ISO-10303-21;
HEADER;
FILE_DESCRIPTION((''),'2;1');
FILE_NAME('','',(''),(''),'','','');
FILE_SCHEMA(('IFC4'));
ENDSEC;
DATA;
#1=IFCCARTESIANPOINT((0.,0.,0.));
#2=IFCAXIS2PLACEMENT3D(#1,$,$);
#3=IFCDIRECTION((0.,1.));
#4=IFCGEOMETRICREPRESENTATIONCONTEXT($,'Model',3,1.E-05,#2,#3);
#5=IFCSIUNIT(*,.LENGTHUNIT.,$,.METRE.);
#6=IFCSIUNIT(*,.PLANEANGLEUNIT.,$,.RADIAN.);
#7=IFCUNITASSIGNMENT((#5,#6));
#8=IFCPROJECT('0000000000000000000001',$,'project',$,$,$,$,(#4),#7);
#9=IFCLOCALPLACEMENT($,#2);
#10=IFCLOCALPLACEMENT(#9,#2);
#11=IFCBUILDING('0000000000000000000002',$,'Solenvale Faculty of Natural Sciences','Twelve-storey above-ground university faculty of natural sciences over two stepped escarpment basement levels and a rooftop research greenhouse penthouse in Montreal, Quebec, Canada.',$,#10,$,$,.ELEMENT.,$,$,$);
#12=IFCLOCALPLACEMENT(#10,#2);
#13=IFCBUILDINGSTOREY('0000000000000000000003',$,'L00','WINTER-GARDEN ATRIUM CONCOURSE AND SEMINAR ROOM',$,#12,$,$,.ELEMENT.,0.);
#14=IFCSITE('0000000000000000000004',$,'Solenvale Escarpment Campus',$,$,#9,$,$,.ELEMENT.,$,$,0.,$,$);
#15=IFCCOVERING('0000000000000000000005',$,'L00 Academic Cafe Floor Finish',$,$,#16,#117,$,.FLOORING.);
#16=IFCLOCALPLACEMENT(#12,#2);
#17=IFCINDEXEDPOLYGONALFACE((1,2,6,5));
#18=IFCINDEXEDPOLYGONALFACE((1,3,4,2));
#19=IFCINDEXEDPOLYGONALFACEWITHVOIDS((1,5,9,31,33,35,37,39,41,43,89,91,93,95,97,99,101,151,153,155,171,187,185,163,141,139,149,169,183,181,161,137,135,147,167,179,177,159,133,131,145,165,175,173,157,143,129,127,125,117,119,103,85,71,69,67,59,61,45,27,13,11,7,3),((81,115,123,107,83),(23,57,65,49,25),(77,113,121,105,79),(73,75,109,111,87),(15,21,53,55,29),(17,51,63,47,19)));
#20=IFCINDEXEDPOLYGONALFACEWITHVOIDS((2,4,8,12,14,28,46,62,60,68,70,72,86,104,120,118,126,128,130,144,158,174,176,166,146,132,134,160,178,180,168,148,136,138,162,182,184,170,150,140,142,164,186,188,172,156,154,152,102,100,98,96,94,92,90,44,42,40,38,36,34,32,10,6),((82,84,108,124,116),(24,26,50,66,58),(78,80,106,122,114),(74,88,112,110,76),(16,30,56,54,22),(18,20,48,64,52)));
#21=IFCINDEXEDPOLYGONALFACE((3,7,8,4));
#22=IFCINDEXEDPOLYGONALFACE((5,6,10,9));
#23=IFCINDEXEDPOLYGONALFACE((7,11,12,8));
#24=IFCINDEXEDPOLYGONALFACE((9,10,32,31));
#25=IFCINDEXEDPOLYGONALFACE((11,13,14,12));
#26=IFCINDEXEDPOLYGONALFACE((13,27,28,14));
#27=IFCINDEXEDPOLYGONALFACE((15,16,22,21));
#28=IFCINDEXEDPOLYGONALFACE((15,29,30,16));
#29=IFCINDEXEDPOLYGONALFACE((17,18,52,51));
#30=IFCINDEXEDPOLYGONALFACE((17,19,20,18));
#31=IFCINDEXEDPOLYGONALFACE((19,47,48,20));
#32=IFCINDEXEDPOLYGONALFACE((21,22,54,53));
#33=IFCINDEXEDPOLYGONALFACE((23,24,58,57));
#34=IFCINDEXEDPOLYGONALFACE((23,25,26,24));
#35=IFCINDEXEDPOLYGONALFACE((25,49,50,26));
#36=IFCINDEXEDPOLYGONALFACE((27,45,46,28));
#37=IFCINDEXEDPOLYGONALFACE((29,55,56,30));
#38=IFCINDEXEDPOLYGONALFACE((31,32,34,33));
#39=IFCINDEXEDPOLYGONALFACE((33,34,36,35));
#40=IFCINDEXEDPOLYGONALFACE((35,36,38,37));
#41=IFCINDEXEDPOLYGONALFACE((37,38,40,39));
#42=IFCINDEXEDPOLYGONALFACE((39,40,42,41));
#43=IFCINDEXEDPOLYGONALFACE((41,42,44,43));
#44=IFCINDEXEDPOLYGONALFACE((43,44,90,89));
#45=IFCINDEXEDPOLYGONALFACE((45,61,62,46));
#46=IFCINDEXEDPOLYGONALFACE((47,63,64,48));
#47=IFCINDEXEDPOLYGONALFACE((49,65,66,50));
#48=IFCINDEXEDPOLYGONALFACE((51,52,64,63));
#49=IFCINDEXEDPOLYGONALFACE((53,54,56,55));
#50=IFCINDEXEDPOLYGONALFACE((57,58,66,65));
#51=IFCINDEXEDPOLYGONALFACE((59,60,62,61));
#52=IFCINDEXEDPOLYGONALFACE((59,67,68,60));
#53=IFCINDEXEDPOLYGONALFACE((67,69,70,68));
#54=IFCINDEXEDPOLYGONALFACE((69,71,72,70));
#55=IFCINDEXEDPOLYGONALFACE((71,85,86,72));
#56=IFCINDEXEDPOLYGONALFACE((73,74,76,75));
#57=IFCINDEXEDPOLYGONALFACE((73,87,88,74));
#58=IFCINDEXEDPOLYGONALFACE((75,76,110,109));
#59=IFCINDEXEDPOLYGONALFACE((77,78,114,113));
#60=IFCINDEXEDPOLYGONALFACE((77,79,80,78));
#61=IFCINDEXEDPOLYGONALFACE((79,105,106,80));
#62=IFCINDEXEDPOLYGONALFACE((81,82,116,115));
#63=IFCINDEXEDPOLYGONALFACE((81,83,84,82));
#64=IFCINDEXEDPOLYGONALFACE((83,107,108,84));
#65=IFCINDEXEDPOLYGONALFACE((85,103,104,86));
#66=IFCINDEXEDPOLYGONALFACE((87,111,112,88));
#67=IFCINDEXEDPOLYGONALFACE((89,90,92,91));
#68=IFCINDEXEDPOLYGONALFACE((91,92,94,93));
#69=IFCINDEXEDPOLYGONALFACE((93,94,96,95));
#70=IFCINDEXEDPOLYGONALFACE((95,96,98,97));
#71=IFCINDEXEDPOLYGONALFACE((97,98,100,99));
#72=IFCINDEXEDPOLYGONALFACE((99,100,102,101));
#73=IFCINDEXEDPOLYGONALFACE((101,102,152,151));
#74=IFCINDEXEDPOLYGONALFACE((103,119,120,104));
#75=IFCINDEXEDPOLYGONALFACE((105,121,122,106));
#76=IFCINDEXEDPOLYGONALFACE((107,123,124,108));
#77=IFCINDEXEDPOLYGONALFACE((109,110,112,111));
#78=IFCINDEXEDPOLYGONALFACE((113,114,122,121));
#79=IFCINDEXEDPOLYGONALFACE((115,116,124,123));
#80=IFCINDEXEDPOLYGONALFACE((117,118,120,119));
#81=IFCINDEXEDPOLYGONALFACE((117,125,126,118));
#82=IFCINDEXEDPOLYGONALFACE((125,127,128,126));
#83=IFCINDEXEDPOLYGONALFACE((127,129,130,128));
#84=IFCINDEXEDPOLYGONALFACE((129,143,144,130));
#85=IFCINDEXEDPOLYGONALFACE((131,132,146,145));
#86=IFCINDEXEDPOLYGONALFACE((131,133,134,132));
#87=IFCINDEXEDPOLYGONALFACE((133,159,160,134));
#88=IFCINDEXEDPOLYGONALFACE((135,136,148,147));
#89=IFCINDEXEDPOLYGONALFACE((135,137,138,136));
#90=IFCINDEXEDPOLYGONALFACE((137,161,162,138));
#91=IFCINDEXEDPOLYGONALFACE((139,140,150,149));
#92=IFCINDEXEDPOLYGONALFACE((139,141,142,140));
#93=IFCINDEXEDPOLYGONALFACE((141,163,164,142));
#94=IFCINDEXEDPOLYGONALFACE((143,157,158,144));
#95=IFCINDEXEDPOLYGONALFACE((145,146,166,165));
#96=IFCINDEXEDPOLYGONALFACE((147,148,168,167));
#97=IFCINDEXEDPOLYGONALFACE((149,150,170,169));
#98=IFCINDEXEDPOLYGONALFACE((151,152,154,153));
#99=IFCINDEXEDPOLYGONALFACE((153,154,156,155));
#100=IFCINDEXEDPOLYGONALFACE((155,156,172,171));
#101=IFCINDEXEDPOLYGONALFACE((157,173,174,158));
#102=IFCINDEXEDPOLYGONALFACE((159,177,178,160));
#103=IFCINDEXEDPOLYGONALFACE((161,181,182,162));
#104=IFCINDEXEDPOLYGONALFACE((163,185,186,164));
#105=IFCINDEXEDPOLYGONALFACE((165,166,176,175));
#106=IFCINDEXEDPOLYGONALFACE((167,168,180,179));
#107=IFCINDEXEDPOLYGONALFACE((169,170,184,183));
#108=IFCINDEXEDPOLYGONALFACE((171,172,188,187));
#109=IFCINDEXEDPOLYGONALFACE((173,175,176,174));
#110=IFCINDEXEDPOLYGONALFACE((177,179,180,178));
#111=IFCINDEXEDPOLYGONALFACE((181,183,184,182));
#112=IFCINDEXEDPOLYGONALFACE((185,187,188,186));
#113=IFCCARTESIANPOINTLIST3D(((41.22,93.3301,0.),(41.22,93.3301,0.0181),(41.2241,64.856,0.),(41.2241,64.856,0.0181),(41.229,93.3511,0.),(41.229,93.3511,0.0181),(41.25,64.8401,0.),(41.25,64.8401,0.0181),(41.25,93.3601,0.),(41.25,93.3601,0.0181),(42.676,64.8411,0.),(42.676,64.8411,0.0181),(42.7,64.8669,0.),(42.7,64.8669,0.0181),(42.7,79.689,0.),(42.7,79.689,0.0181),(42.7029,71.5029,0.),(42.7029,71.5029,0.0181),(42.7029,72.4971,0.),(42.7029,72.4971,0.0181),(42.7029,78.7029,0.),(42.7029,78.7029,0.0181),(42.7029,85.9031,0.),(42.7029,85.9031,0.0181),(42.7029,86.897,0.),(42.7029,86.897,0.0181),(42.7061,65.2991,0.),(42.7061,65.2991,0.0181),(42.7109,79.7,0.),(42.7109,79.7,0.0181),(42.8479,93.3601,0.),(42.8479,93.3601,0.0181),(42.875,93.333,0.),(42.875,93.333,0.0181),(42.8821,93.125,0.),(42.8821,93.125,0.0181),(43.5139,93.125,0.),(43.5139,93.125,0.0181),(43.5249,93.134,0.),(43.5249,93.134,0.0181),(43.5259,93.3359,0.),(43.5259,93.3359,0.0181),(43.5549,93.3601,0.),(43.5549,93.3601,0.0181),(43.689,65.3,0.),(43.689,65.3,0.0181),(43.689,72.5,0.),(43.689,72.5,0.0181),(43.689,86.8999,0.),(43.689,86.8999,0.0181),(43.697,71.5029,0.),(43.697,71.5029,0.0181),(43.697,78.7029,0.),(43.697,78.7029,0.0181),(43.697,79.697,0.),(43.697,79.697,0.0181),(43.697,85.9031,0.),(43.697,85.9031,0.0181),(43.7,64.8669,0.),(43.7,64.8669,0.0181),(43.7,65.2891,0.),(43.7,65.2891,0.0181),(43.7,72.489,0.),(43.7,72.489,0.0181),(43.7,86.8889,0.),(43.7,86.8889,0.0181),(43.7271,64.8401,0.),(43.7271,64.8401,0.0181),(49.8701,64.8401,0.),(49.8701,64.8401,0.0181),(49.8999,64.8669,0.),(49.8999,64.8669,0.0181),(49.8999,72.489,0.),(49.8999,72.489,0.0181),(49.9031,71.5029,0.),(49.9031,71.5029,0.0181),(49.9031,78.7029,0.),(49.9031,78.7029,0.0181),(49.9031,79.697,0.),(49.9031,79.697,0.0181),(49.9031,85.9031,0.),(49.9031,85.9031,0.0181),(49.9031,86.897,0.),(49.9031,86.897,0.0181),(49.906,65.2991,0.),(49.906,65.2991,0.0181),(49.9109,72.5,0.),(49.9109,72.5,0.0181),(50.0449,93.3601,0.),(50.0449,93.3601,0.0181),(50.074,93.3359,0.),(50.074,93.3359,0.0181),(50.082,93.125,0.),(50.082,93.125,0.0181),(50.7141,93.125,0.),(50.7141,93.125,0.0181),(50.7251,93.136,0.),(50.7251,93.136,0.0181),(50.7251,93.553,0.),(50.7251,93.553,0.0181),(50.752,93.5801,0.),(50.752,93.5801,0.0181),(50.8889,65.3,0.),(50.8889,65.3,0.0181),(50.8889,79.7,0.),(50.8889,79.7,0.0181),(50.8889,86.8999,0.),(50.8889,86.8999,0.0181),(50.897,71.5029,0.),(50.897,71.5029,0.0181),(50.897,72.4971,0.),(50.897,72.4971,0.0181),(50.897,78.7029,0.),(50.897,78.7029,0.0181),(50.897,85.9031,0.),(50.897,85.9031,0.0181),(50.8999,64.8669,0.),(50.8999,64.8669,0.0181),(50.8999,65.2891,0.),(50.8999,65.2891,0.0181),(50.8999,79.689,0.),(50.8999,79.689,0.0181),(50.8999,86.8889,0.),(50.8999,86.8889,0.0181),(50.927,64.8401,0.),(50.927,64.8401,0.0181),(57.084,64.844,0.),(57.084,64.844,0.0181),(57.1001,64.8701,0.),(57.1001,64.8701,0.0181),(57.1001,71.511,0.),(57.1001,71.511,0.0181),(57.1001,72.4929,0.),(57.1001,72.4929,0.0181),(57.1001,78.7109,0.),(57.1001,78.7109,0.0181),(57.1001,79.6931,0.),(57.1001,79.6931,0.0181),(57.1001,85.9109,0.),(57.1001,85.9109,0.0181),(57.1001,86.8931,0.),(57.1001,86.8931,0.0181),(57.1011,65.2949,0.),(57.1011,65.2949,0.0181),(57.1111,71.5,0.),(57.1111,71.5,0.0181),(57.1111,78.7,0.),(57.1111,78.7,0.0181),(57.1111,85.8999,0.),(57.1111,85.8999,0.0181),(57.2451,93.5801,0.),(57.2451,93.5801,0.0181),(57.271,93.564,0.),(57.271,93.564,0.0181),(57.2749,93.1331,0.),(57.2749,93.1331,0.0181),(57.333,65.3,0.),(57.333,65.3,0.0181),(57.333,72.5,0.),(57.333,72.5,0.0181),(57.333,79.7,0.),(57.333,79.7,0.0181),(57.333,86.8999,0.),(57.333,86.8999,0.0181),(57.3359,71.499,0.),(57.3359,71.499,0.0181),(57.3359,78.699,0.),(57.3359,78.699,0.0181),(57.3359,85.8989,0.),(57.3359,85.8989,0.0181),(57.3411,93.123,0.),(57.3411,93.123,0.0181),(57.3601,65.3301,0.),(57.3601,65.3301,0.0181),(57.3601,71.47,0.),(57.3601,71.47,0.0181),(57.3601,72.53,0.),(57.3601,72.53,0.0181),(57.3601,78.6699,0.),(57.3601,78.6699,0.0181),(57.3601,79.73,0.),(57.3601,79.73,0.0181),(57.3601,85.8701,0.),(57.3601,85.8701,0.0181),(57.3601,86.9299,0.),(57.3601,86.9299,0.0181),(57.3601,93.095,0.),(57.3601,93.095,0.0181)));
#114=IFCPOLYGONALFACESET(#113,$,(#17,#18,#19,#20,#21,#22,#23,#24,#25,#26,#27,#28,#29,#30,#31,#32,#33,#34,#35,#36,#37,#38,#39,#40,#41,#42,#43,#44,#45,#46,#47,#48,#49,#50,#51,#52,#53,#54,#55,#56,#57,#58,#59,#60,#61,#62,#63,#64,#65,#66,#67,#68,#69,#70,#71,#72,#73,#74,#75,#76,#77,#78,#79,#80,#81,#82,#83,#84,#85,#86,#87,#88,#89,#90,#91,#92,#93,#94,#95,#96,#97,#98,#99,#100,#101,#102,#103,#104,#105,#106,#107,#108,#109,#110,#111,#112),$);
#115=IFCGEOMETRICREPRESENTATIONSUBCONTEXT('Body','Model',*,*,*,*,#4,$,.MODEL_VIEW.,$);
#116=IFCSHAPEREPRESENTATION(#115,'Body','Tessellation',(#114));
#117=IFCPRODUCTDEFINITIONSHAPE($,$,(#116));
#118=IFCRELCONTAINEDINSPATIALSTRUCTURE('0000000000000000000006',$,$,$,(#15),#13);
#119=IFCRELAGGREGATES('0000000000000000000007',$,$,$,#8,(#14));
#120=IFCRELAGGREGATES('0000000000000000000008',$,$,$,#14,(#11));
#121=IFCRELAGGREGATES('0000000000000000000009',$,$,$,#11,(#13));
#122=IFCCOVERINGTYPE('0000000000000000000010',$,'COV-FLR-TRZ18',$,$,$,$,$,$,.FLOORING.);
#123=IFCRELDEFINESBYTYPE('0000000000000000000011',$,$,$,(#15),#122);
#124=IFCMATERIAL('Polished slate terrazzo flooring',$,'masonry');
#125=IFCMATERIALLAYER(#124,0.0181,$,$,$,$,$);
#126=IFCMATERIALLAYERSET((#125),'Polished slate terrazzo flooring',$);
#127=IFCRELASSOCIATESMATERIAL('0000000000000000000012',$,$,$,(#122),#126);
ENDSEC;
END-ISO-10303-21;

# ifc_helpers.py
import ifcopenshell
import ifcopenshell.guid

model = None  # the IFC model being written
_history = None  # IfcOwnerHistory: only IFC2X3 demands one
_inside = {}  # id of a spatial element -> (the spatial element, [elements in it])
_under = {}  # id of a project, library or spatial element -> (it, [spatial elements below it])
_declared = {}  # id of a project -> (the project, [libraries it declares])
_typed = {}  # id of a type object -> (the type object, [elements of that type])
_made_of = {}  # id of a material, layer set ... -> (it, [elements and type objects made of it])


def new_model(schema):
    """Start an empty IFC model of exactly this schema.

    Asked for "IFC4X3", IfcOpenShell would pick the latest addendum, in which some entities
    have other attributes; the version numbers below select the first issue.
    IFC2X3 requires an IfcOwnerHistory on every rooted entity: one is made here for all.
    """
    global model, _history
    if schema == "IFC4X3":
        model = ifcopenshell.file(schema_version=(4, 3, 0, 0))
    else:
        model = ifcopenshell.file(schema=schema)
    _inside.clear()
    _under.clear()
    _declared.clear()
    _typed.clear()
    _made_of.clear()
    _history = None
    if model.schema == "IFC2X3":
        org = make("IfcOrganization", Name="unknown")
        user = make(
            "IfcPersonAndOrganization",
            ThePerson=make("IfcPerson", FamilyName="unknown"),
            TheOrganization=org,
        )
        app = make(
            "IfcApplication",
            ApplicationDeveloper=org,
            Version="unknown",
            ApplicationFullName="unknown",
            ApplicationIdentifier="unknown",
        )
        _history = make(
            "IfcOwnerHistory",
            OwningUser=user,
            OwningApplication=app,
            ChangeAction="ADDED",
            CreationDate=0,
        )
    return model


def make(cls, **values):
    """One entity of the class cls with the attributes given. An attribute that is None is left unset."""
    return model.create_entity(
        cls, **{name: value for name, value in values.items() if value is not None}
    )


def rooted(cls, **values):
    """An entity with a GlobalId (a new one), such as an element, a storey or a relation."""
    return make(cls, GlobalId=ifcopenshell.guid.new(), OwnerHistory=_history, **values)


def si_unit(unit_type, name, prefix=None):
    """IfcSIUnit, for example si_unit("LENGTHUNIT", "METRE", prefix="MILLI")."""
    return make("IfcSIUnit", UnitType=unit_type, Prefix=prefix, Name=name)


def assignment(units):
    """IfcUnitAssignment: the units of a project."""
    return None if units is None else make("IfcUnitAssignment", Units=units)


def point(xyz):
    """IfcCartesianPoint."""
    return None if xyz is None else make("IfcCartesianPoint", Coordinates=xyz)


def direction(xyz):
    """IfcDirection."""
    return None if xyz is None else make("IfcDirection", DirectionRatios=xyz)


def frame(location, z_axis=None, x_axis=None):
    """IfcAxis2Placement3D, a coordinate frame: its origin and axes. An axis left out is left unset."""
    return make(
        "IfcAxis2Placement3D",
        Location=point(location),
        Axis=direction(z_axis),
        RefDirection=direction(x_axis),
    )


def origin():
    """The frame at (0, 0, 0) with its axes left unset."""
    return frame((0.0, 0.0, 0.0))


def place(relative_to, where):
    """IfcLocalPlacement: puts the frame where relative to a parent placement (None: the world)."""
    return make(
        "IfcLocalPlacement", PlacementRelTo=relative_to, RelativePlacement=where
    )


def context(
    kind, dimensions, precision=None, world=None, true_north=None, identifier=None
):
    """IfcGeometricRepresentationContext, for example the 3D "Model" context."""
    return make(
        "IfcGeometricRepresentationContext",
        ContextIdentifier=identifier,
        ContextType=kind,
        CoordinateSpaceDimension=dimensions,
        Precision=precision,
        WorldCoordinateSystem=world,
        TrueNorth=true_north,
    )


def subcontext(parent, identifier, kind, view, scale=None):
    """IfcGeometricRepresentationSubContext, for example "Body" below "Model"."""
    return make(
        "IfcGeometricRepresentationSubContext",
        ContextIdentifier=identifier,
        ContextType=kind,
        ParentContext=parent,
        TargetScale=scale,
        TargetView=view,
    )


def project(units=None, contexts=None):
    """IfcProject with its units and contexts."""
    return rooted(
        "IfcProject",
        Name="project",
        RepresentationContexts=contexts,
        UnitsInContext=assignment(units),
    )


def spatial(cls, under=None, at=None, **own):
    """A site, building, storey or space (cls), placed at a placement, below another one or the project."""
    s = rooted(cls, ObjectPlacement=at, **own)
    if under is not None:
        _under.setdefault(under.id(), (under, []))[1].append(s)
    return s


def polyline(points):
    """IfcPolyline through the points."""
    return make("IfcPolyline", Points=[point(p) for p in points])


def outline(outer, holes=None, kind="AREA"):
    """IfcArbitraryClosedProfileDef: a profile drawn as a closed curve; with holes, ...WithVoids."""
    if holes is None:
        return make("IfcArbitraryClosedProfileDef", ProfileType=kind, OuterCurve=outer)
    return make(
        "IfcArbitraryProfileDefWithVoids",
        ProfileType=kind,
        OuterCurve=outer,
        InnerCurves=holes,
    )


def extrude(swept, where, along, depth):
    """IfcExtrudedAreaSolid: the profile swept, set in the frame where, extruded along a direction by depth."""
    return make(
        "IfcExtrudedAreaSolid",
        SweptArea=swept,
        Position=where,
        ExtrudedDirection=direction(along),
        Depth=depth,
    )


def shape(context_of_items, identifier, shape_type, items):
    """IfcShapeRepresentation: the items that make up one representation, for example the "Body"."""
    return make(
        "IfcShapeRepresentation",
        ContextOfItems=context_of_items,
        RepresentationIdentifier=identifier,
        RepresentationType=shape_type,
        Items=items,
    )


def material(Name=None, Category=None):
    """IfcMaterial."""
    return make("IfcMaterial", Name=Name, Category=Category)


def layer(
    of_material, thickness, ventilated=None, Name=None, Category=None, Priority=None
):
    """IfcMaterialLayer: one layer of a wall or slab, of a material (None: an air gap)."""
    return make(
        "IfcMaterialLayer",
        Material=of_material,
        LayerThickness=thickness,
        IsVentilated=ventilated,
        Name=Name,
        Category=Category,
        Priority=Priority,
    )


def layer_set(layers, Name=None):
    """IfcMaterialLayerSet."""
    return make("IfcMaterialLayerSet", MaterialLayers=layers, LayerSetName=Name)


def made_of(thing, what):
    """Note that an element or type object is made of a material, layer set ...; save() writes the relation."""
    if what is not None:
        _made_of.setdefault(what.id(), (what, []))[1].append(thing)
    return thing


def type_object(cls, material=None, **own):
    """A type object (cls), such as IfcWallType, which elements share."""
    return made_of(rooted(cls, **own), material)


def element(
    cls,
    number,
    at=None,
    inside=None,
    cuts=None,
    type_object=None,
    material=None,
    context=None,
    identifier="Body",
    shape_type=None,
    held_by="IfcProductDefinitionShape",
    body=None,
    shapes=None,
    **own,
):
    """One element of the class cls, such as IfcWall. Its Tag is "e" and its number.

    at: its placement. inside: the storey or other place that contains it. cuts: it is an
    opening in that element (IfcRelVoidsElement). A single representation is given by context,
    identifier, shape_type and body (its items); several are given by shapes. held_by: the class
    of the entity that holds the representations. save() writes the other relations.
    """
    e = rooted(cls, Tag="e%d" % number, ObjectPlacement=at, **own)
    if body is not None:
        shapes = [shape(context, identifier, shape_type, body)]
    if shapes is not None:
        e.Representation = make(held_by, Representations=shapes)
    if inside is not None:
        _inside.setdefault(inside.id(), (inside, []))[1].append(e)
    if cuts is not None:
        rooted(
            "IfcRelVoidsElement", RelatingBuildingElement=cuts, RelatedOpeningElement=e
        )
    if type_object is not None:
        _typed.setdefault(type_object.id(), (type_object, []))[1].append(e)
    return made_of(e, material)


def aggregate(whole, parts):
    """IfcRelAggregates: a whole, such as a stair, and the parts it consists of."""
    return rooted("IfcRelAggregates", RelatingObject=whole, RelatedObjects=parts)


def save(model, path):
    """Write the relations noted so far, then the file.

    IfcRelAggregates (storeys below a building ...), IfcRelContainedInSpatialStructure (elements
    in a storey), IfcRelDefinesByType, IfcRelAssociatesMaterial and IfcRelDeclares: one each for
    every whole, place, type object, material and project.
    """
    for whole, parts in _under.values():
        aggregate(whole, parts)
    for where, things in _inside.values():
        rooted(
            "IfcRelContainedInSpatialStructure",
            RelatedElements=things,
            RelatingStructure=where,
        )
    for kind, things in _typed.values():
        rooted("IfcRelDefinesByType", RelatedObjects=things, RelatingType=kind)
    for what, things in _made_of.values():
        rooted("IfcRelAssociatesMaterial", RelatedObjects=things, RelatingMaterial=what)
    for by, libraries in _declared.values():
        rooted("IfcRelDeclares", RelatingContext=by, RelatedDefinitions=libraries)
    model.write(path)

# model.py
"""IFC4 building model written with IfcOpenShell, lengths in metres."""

from ifc_helpers import new_model, si_unit, direction, origin, place, context, subcontext, project, spatial, polyline, outline, extrude, material, layer, layer_set, type_object, element, save


model = new_model("IFC4")

# Units and contexts
model_context = context("Model", 3, precision=1e-05, world=origin(), true_north=direction((0.0, 1.0)))
body_context = subcontext(model_context, "Body", "Model", "MODEL_VIEW")
ifc_project = project(units=[si_unit("LENGTHUNIT", "METRE"), si_unit("PLANEANGLEUNIT", "RADIAN")], contexts=[model_context])

# Site, building, storey
site_placement = place(None, origin())
site = spatial("IfcSite", under=ifc_project, at=site_placement, Name="Solenvale Escarpment Campus", CompositionType="ELEMENT", RefElevation=0.0)
building_placement = place(site_placement, origin())
building = spatial("IfcBuilding", under=site, at=building_placement, Name="Solenvale Faculty of Natural Sciences", Description="Twelve-storey above-ground university faculty of natural sciences over two stepped escarpment basement levels and a rooftop research greenhouse penthouse in Montreal, Quebec, Canada.", CompositionType="ELEMENT")
storey_placement = place(building_placement, origin())
storey = spatial("IfcBuildingStorey", under=building, at=storey_placement, Name="L00", Description="WINTER-GARDEN ATRIUM CONCOURSE AND SEMINAR ROOM", CompositionType="ELEMENT", Elevation=0.0)

# Covering
ifc_material_1 = material(Name="Polished slate terrazzo flooring", Category="masonry")
ifc_layer_1 = layer(ifc_material_1, 0.0181)
ifc_layer_set_1 = layer_set([ifc_layer_1], Name="Polished slate terrazzo flooring")
covering_type_1 = type_object("IfcCoveringType", Name="COV-FLR-TRZ18", PredefinedType="FLOORING", material=ifc_layer_set_1)
covering_1_placement = place(storey_placement, origin())
element("IfcCovering", 1, at=covering_1_placement, inside=storey, type_object=covering_type_1, Name="L00 Academic Cafe Floor Finish", PredefinedType="FLOORING", context=body_context, shape_type="SweptSolid", body=[
    extrude(outline(polyline([(41.22, 93.3301), (41.229, 93.3511), (41.25, 93.3601), (42.8479, 93.3601), (42.875, 93.333), (42.8821, 93.125), (43.5139, 93.125), (43.5249, 93.134), (43.5259, 93.3359), (43.5549, 93.3601), (50.0449, 93.3601), (50.074, 93.3359), (50.082, 93.125), (50.7141, 93.125), (50.7251, 93.136), (50.7251, 93.553), (50.752, 93.5801), (57.2451, 93.5801), (57.271, 93.564), (57.2749, 93.1331), (57.3411, 93.123), (57.3601, 93.095), (57.3601, 86.9299), (57.333, 86.8999), (57.1001, 86.8931), (57.1001, 85.9109), (57.1111, 85.8999), (57.3359, 85.8989), (57.3601, 85.8701), (57.3601, 79.73), (57.333, 79.7), (57.1001, 79.6931), (57.1001, 78.7109), (57.1111, 78.7), (57.3359, 78.699), (57.3601, 78.6699), (57.3601, 72.53), (57.333, 72.5), (57.1001, 72.4929), (57.1001, 71.511), (57.1111, 71.5), (57.3359, 71.499), (57.3601, 71.47), (57.3601, 65.3301), (57.333, 65.3), (57.1011, 65.2949), (57.1001, 64.8701), (57.084, 64.844), (50.927, 64.8401), (50.8999, 64.8669), (50.8999, 65.2891), (50.8889, 65.3), (49.906, 65.2991), (49.8999, 64.8669), (49.8701, 64.8401), (43.7271, 64.8401), (43.7, 64.8669), (43.7, 65.2891), (43.689, 65.3), (42.7061, 65.2991), (42.7, 64.8669), (42.676, 64.8411), (41.25, 64.8401), (41.2241, 64.856), (41.22, 93.3301)]), holes=[polyline([(49.9109, 72.5), (49.8999, 72.489), (49.9031, 71.5029), (50.897, 71.5029), (50.897, 72.4971), (49.9109, 72.5)]), polyline([(50.8999, 79.689), (50.8889, 79.7), (49.9031, 79.697), (49.9031, 78.7029), (50.897, 78.7029), (50.8999, 79.689)]), polyline([(50.8999, 86.8889), (50.8889, 86.8999), (49.9031, 86.897), (49.9031, 85.9031), (50.897, 85.9031), (50.8999, 86.8889)]), polyline([(42.7109, 79.7), (42.7, 79.689), (42.7029, 78.7029), (43.697, 78.7029), (43.697, 79.697), (42.7109, 79.7)]), polyline([(43.7, 72.489), (43.689, 72.5), (42.7029, 72.4971), (42.7029, 71.5029), (43.697, 71.5029), (43.7, 72.489)]), polyline([(43.7, 86.8889), (43.689, 86.8999), (42.7029, 86.897), (42.7029, 85.9031), (43.697, 85.9031), (43.7, 86.8889)])]), origin(), (0.0, 0.0, 1.0), 0.0181),
])

save(model, "model.ifc")
